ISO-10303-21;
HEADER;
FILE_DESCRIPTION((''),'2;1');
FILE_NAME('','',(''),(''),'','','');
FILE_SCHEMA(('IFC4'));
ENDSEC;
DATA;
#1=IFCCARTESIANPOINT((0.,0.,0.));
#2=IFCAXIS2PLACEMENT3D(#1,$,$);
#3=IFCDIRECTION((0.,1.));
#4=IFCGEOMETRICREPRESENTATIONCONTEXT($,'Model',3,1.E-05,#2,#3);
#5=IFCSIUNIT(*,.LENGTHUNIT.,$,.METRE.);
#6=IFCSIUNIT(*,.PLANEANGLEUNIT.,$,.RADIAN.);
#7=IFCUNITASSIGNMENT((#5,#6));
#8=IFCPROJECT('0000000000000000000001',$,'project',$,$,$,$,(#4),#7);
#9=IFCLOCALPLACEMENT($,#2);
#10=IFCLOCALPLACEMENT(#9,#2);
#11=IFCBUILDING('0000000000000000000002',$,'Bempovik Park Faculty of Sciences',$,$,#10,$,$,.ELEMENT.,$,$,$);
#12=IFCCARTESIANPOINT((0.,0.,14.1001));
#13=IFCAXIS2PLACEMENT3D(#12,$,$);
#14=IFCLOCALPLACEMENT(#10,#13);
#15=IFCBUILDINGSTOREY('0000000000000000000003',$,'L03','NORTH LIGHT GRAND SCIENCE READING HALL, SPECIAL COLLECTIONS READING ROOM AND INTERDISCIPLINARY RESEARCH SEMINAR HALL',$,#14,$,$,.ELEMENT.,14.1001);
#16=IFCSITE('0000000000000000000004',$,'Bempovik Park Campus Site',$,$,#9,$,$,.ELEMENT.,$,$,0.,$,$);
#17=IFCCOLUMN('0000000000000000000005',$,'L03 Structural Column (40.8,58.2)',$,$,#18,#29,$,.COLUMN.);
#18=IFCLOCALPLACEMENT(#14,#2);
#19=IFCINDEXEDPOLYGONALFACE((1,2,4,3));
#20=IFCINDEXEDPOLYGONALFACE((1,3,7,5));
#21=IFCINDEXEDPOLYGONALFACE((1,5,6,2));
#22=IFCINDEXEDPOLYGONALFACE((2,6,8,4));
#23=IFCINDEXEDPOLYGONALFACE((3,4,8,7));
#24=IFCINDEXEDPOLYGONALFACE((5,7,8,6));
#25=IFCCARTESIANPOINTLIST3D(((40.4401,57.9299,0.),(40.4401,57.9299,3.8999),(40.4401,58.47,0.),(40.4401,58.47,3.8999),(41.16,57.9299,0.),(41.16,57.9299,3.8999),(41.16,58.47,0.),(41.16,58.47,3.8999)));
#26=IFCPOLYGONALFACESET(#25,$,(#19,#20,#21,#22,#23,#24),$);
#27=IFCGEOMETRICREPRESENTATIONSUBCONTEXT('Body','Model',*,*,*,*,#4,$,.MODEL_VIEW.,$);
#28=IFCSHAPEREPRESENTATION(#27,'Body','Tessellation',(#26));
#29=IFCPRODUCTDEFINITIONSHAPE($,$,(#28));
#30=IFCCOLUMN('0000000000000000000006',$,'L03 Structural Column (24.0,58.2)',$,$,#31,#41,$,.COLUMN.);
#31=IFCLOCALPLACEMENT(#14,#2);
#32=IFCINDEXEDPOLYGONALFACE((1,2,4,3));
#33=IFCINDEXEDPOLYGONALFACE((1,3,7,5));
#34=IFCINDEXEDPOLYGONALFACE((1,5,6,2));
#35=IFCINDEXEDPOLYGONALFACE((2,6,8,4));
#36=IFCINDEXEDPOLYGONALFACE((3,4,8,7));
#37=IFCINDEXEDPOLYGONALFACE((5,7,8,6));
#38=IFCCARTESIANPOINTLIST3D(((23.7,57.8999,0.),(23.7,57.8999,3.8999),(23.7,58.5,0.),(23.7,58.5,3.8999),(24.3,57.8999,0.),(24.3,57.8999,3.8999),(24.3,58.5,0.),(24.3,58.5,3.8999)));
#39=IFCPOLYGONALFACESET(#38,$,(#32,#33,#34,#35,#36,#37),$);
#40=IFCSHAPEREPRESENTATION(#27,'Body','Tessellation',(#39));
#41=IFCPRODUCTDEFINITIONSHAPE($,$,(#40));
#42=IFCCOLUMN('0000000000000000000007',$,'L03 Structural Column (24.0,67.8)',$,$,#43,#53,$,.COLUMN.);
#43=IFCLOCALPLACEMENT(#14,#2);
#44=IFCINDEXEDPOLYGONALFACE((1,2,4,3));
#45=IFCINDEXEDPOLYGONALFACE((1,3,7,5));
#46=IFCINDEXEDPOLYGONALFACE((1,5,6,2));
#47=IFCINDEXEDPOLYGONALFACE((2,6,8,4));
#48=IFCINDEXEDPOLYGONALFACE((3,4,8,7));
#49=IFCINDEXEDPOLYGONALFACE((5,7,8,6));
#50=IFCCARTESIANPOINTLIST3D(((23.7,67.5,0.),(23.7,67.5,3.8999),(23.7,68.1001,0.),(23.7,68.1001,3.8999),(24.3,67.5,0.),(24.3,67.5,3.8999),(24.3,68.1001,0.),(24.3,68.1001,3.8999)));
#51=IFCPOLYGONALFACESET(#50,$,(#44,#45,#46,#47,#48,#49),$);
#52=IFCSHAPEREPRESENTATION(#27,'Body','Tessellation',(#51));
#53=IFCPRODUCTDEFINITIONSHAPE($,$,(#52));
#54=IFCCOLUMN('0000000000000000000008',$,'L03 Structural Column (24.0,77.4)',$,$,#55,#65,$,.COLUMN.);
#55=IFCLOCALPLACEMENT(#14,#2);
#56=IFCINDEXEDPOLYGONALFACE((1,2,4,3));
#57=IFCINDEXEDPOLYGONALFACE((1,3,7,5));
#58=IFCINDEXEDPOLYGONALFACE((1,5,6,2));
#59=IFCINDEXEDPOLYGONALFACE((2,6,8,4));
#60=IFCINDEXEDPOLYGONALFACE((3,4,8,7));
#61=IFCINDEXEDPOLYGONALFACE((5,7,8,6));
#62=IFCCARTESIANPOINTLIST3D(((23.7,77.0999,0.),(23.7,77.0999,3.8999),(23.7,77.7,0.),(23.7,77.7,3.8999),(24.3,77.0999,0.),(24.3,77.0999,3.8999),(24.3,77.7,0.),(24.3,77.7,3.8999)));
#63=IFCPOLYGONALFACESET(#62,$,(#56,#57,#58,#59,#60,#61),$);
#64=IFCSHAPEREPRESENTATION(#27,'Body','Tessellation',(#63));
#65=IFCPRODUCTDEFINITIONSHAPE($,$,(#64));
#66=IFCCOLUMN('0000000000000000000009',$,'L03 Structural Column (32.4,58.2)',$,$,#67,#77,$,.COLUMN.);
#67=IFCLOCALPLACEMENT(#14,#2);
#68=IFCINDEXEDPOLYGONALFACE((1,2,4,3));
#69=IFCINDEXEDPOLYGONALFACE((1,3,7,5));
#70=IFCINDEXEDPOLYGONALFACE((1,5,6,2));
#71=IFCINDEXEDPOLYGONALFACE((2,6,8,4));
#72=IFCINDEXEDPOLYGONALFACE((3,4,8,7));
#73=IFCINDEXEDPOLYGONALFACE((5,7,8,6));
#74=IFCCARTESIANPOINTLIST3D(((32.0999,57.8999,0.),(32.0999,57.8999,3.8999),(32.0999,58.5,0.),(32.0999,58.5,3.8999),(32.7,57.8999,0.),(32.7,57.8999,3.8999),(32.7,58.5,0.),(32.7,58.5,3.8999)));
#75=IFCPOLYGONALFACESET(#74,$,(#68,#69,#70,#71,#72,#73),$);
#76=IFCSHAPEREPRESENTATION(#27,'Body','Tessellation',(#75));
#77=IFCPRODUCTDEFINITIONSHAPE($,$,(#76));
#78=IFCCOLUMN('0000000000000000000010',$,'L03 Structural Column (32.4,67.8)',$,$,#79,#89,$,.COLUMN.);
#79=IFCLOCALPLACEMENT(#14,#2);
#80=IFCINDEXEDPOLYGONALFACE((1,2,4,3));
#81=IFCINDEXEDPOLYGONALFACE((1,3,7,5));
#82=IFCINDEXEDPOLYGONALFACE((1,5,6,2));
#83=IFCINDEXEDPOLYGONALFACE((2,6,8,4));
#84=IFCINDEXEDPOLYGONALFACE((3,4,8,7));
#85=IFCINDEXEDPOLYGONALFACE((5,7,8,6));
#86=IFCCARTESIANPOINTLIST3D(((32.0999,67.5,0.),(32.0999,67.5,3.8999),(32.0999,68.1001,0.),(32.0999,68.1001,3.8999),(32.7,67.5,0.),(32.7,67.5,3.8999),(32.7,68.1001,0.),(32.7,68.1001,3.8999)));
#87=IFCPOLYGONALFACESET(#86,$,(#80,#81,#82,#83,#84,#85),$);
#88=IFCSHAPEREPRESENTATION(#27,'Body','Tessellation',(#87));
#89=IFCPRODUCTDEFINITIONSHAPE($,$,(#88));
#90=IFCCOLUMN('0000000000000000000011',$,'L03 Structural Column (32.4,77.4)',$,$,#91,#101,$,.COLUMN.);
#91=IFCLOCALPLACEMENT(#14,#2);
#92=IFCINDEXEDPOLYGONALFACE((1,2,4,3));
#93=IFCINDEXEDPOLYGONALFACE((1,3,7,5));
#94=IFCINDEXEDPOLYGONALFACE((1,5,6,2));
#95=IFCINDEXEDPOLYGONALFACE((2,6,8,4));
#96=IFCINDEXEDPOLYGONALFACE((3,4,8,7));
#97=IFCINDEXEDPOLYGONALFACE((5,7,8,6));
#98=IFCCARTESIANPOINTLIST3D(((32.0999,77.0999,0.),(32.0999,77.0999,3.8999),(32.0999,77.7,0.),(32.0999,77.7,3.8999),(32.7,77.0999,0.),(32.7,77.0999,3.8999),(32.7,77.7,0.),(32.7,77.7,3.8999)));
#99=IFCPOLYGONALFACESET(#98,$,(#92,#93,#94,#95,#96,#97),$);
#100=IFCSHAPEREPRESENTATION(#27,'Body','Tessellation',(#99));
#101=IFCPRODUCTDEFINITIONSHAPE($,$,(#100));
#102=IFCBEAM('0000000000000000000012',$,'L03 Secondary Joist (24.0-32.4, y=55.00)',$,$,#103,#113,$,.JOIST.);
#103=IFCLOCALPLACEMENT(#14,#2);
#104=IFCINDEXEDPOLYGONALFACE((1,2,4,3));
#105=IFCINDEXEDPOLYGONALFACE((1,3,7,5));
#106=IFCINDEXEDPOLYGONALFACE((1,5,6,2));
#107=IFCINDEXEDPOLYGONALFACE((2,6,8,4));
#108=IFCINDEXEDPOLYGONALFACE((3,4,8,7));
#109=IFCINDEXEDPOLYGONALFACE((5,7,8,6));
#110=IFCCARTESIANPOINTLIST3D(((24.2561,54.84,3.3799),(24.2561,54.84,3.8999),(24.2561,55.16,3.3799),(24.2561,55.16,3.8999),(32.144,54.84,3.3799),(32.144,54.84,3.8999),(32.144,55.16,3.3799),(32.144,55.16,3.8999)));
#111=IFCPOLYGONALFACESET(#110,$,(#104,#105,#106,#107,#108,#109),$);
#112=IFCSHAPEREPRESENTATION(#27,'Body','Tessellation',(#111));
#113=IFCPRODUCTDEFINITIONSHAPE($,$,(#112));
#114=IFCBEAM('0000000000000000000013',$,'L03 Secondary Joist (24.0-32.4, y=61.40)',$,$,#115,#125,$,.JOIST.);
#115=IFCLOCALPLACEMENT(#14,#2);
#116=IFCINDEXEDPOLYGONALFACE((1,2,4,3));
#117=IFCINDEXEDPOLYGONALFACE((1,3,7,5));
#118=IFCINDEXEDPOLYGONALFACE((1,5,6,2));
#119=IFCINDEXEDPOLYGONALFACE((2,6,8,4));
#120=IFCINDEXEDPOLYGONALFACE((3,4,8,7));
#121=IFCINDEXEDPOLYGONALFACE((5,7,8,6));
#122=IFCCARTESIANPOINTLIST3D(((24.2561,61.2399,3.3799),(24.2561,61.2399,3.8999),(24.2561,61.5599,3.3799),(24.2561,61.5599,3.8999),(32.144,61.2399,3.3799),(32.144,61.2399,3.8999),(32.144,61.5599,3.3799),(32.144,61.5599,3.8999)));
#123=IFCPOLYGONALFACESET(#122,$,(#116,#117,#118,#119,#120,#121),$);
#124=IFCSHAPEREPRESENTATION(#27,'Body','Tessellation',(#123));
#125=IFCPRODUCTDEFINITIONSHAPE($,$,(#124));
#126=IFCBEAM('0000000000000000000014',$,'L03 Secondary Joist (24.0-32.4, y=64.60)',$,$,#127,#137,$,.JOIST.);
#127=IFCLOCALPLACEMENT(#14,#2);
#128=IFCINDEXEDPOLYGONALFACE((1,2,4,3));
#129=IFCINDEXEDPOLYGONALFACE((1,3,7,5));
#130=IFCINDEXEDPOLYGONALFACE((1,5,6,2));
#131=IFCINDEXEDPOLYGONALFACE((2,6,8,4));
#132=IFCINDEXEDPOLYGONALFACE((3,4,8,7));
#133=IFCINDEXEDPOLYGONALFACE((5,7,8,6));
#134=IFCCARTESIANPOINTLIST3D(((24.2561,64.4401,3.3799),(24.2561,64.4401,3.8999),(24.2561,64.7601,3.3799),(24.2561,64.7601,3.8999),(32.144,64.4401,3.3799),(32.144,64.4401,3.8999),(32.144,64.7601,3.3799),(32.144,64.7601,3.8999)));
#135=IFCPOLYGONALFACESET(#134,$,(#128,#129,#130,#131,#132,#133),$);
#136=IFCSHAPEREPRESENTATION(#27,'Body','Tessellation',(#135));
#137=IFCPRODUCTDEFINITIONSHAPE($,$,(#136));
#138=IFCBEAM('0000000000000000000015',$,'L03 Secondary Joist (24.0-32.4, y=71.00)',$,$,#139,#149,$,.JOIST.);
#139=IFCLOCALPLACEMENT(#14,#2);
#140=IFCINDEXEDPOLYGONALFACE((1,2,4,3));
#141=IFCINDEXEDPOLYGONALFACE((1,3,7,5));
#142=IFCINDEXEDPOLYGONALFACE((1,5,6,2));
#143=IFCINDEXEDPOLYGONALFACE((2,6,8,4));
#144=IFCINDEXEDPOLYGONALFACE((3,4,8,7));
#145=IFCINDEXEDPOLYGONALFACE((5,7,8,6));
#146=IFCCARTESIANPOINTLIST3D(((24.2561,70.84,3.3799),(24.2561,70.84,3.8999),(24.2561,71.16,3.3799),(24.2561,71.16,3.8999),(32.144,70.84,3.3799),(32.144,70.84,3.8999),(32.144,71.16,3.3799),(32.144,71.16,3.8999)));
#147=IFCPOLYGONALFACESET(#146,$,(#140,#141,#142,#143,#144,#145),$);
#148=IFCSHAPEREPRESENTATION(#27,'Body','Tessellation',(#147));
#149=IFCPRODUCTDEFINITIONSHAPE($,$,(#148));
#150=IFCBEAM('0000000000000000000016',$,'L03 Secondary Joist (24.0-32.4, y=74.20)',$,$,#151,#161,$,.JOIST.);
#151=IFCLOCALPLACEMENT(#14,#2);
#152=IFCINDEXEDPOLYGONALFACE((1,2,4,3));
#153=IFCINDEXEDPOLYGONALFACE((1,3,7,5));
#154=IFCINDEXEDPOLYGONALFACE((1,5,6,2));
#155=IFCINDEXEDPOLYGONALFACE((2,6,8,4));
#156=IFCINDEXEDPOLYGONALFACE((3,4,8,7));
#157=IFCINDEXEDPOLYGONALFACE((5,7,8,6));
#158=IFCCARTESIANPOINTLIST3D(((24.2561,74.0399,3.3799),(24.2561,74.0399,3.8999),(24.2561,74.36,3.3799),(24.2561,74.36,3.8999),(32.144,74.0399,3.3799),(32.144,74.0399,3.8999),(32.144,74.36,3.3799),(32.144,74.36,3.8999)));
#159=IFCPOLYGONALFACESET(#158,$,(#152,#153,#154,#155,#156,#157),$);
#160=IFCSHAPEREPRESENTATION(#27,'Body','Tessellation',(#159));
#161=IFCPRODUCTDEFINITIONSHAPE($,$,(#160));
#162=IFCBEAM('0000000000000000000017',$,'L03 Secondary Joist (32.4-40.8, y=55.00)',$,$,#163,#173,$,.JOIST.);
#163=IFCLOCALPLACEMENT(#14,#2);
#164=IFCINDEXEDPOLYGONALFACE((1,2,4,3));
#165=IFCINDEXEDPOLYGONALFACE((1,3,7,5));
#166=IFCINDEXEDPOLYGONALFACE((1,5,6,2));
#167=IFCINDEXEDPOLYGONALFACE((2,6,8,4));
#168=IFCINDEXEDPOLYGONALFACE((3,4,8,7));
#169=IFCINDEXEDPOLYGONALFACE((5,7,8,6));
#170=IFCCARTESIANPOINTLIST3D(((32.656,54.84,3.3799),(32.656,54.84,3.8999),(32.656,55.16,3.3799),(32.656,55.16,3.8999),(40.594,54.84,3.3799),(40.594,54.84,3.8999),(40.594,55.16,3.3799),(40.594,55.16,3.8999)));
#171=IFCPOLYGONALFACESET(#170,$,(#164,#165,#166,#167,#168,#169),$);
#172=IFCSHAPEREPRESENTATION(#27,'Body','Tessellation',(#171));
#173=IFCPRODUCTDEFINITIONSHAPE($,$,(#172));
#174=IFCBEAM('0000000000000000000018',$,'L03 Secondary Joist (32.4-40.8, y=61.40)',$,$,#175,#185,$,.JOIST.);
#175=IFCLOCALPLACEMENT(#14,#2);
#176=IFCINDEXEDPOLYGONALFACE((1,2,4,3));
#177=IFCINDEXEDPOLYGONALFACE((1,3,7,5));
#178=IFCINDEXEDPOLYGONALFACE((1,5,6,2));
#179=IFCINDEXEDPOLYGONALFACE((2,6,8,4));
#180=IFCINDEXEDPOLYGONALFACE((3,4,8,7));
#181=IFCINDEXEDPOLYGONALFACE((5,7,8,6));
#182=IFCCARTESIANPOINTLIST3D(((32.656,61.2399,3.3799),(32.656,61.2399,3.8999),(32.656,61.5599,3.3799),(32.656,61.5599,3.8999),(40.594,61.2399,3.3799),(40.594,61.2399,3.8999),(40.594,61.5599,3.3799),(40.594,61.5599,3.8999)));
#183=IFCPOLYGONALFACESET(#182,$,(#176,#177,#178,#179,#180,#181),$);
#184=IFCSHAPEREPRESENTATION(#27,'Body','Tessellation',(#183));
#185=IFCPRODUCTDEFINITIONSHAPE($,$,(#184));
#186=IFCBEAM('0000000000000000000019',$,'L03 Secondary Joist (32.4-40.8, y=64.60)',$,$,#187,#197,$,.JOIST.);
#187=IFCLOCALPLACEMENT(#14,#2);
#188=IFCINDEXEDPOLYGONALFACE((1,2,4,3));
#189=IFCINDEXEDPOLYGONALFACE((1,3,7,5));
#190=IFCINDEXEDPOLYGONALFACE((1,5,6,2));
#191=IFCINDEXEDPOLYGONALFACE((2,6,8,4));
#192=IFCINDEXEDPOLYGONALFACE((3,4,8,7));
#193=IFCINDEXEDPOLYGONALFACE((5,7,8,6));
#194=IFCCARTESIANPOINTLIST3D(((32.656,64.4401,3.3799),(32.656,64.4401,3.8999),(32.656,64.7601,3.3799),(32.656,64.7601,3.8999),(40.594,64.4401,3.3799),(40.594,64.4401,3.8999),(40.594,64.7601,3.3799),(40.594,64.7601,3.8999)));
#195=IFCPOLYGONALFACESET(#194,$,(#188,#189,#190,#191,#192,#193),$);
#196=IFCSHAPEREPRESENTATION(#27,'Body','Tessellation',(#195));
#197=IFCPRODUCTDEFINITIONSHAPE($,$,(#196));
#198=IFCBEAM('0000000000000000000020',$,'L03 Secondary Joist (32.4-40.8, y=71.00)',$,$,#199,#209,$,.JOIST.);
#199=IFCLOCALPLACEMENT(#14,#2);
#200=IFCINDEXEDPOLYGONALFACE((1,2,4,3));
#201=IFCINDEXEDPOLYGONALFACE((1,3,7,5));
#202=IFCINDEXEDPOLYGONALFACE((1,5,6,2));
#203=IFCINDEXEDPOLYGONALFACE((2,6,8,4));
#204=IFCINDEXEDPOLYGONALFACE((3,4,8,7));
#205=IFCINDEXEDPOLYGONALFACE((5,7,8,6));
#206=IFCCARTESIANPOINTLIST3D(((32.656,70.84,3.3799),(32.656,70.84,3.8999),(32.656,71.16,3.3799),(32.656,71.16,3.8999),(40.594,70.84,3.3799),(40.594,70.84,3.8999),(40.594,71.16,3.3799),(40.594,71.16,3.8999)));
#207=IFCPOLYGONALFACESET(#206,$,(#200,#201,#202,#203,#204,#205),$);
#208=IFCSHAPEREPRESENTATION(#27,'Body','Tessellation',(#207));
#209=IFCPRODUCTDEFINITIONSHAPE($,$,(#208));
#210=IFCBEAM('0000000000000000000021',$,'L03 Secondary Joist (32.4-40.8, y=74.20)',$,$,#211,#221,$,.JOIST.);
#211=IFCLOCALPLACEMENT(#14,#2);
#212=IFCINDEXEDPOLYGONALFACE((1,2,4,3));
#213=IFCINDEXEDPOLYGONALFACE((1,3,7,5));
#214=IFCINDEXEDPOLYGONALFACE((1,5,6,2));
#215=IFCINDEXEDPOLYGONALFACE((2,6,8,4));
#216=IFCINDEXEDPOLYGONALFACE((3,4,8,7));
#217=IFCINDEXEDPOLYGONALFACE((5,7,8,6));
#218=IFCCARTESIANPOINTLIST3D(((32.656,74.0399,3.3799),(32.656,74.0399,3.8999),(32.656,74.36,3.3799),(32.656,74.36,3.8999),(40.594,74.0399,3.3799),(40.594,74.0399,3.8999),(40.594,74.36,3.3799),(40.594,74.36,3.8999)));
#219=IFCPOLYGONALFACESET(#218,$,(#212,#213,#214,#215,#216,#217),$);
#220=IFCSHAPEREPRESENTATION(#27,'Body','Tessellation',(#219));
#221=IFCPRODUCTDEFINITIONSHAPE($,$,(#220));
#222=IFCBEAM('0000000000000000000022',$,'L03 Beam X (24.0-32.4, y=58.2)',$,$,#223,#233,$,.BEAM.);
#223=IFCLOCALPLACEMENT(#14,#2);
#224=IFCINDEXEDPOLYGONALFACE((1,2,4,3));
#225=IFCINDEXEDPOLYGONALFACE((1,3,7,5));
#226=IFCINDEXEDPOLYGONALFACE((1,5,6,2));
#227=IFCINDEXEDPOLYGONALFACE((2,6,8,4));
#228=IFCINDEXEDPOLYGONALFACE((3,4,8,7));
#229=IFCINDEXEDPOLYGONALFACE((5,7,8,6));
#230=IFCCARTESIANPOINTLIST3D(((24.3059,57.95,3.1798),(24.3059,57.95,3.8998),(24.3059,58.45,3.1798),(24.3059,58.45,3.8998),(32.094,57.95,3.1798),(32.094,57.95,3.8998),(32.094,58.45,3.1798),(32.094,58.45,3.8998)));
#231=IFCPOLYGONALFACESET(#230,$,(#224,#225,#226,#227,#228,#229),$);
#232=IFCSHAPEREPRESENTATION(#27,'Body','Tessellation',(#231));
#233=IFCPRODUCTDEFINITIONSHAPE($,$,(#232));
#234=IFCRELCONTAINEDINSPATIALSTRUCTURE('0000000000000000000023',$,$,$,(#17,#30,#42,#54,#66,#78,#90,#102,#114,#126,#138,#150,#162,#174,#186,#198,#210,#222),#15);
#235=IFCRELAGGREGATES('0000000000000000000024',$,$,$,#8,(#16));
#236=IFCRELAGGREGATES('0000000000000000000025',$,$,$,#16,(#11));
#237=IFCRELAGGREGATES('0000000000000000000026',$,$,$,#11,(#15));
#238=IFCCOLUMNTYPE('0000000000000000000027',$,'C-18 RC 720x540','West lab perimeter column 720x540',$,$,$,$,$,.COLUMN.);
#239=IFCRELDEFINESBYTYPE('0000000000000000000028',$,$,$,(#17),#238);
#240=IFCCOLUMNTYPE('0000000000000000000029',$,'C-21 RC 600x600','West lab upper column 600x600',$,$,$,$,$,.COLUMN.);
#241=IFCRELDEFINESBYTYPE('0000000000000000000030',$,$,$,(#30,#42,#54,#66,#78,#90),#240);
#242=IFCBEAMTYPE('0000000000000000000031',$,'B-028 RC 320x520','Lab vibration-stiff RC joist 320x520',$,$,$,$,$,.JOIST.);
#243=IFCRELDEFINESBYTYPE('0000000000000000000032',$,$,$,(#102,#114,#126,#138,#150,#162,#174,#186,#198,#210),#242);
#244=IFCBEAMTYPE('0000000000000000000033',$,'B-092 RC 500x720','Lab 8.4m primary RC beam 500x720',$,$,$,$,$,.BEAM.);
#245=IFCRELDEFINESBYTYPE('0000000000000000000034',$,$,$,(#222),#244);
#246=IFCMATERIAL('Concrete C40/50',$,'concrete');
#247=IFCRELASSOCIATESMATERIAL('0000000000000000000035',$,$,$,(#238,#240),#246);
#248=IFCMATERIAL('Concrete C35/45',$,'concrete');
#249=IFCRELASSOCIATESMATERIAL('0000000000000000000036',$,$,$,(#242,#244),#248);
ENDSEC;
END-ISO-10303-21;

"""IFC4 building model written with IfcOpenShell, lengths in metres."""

from ifc_helpers import new_model, si_unit, direction, frame, origin, origin_2d, place, context, subcontext, project, spatial, rectangle, extrude, material, material_profile, profile_set, type_object, element, save


model = new_model("IFC4")

# Units and contexts
model_context = context("Model", 3, precision=1e-05, world=origin(), true_north=direction((0.0, 1.0)))
body_context = subcontext(model_context, "Body", "Model", "MODEL_VIEW")
ifc_project = project(units=[si_unit("LENGTHUNIT", "METRE"), si_unit("PLANEANGLEUNIT", "RADIAN")], contexts=[model_context])

# Site, building, storey
site_placement = place(None, origin())
site = spatial("IfcSite", under=ifc_project, at=site_placement, Name="Bempovik Park Campus Site", CompositionType="ELEMENT", RefElevation=0.0)
building_placement = place(site_placement, origin())
building = spatial("IfcBuilding", under=site, at=building_placement, Name="Bempovik Park Faculty of Sciences", CompositionType="ELEMENT")
storey_placement = place(building_placement, frame((0.0, 0.0, 14.1001)))
storey = spatial("IfcBuildingStorey", under=building, at=storey_placement, Name="L03", Description="NORTH LIGHT GRAND SCIENCE READING HALL, SPECIAL COLLECTIONS READING ROOM AND INTERDISCIPLINARY RESEARCH SEMINAR HALL", CompositionType="ELEMENT", Elevation=14.1001)

# Columns
ifc_material_1 = material(Name="Concrete C40/50", Category="concrete")
ifc_material_profile_1 = material_profile(ifc_material_1, rectangle(XDim=0.72, YDim=0.54, at=origin_2d()), Name="RC 720x540")
ifc_profile_set_1 = profile_set([ifc_material_profile_1], Name="Concrete C40/50")
column_type_1 = type_object("IfcColumnType", Name="C-18 RC 720x540", Description="West lab perimeter column 720x540", PredefinedType="COLUMN", material=ifc_profile_set_1)
column_placement = place(storey_placement, frame((40.8, 58.2, 0.0), z_axis=(0.0, 0.0, 1.0), x_axis=(1.0, 0.0, 0.0)))
element("IfcColumn", 1, at=column_placement, inside=storey, type_object=column_type_1, Name="L03 Structural Column (40.8,58.2)", PredefinedType="COLUMN", context=body_context, shape_type="SweptSolid", body=[
    extrude(rectangle(XDim=0.72, YDim=0.54, at=origin_2d()), origin(), (0.0, 0.0, 1.0), 3.8999),
])
ifc_material_profile_2 = material_profile(ifc_material_1, rectangle(XDim=0.6001, YDim=0.6001, at=origin_2d()), Name="RC 600x600")
ifc_profile_set_2 = profile_set([ifc_material_profile_2], Name="Concrete C40/50")
column_type_2 = type_object("IfcColumnType", Name="C-21 RC 600x600", Description="West lab upper column 600x600", PredefinedType="COLUMN", material=ifc_profile_set_2)
for number, where, z_axis, x_axis, name in (
    (2, (24.0, 58.2, 0.0), (0.0, 0.0, 1.0), (1.0, 0.0, 0.0), "L03 Structural Column (24.0,58.2)"),
    (3, (24.0, 67.8, 0.0), (0.0, 0.0, 1.0), (1.0, 0.0, 0.0), "L03 Structural Column (24.0,67.8)"),
    (4, (24.0, 77.3999, 0.0), (0.0, 0.0, 1.0), (1.0, 0.0, 0.0), "L03 Structural Column (24.0,77.4)"),
    (5, (32.3999, 58.2, 0.0), (0.0, 0.0, 1.0), (1.0, 0.0, 0.0), "L03 Structural Column (32.4,58.2)"),
    (6, (32.3999, 67.8, 0.0), (0.0, 0.0, 1.0), (1.0, 0.0, 0.0), "L03 Structural Column (32.4,67.8)"),
    (7, (32.3999, 77.3999, 0.0), (0.0, 0.0, 1.0), (1.0, 0.0, 0.0), "L03 Structural Column (32.4,77.4)"),
):
    element("IfcColumn", number, at=place(storey_placement, frame(where, z_axis=z_axis, x_axis=x_axis)), inside=storey, type_object=column_type_2, Name=name, PredefinedType="COLUMN", context=body_context, shape_type="SweptSolid", body=[
        extrude(rectangle(XDim=0.6001, YDim=0.6001, at=origin_2d()), origin(), (0.0, 0.0, 1.0), 3.8999),
    ])

# Beams
ifc_material_2 = material(Name="Concrete C35/45", Category="concrete")
ifc_material_profile_3 = material_profile(ifc_material_2, rectangle(XDim=0.3201, YDim=0.52, at=origin_2d()), Name="RC 320x520")
ifc_profile_set_3 = profile_set([ifc_material_profile_3], Name="Concrete C35/45")
beam_type_1 = type_object("IfcBeamType", Name="B-028 RC 320x520", Description="Lab vibration-stiff RC joist 320x520", PredefinedType="JOIST", material=ifc_profile_set_3)
for number, where, z_axis, x_axis, name in (
    (8, (24.2561, 55.0, 3.6399), (1.0, 0.0, 0.0), (0.0, 1.0, 0.0), "L03 Secondary Joist (24.0-32.4, y=55.00)"),
    (9, (24.2561, 61.3999, 3.6399), (1.0, 0.0, 0.0), (0.0, 1.0, 0.0), "L03 Secondary Joist (24.0-32.4, y=61.40)"),
    (10, (24.2561, 64.6001, 3.6399), (1.0, 0.0, 0.0), (0.0, 1.0, 0.0), "L03 Secondary Joist (24.0-32.4, y=64.60)"),
    (11, (24.2561, 71.0, 3.6399), (1.0, 0.0, 0.0), (0.0, 1.0, 0.0), "L03 Secondary Joist (24.0-32.4, y=71.00)"),
    (12, (24.2561, 74.2, 3.6399), (1.0, 0.0, 0.0), (0.0, 1.0, 0.0), "L03 Secondary Joist (24.0-32.4, y=74.20)"),
):
    element("IfcBeam", number, at=place(storey_placement, frame(where, z_axis=z_axis, x_axis=x_axis)), inside=storey, type_object=beam_type_1, Name=name, PredefinedType="JOIST", context=body_context, shape_type="SweptSolid", body=[
        extrude(rectangle(XDim=0.3201, YDim=0.52, at=origin_2d()), origin(), (0.0, 0.0, 1.0), 7.8879),
    ])
for number, where, z_axis, x_axis, name in (
    (13, (32.656, 55.0, 3.6399), (1.0, 0.0, 0.0), (0.0, 1.0, 0.0), "L03 Secondary Joist (32.4-40.8, y=55.00)"),
    (14, (32.656, 61.3999, 3.6399), (1.0, 0.0, 0.0), (0.0, 1.0, 0.0), "L03 Secondary Joist (32.4-40.8, y=61.40)"),
    (15, (32.656, 64.6001, 3.6399), (1.0, 0.0, 0.0), (0.0, 1.0, 0.0), "L03 Secondary Joist (32.4-40.8, y=64.60)"),
    (16, (32.656, 71.0, 3.6399), (1.0, 0.0, 0.0), (0.0, 1.0, 0.0), "L03 Secondary Joist (32.4-40.8, y=71.00)"),
    (17, (32.656, 74.2, 3.6399), (1.0, 0.0, 0.0), (0.0, 1.0, 0.0), "L03 Secondary Joist (32.4-40.8, y=74.20)"),
):
    element("IfcBeam", number, at=place(storey_placement, frame(where, z_axis=z_axis, x_axis=x_axis)), inside=storey, type_object=beam_type_1, Name=name, PredefinedType="JOIST", context=body_context, shape_type="SweptSolid", body=[
        extrude(rectangle(XDim=0.3201, YDim=0.52, at=origin_2d()), origin(), (0.0, 0.0, 1.0), 7.938),
    ])
ifc_material_profile_4 = material_profile(ifc_material_2, rectangle(XDim=0.5, YDim=0.72, at=origin_2d()), Name="RC 500x720")
ifc_profile_set_4 = profile_set([ifc_material_profile_4], Name="Concrete C35/45")
beam_type_2 = type_object("IfcBeamType", Name="B-092 RC 500x720", Description="Lab 8.4m primary RC beam 500x720", PredefinedType="BEAM", material=ifc_profile_set_4)
beam_1_placement = place(storey_placement, frame((24.3059, 58.2, 3.5398), z_axis=(1.0, 0.0, 0.0), x_axis=(0.0, 1.0, 0.0)))
element("IfcBeam", 18, at=beam_1_placement, inside=storey, type_object=beam_type_2, Name="L03 Beam X (24.0-32.4, y=58.2)", PredefinedType="BEAM", context=body_context, shape_type="SweptSolid", body=[
    extrude(rectangle(XDim=0.5, YDim=0.72, at=origin_2d()), origin(), (0.0, 0.0, 1.0), 7.7881),
])

save(model, "model.ifc")
